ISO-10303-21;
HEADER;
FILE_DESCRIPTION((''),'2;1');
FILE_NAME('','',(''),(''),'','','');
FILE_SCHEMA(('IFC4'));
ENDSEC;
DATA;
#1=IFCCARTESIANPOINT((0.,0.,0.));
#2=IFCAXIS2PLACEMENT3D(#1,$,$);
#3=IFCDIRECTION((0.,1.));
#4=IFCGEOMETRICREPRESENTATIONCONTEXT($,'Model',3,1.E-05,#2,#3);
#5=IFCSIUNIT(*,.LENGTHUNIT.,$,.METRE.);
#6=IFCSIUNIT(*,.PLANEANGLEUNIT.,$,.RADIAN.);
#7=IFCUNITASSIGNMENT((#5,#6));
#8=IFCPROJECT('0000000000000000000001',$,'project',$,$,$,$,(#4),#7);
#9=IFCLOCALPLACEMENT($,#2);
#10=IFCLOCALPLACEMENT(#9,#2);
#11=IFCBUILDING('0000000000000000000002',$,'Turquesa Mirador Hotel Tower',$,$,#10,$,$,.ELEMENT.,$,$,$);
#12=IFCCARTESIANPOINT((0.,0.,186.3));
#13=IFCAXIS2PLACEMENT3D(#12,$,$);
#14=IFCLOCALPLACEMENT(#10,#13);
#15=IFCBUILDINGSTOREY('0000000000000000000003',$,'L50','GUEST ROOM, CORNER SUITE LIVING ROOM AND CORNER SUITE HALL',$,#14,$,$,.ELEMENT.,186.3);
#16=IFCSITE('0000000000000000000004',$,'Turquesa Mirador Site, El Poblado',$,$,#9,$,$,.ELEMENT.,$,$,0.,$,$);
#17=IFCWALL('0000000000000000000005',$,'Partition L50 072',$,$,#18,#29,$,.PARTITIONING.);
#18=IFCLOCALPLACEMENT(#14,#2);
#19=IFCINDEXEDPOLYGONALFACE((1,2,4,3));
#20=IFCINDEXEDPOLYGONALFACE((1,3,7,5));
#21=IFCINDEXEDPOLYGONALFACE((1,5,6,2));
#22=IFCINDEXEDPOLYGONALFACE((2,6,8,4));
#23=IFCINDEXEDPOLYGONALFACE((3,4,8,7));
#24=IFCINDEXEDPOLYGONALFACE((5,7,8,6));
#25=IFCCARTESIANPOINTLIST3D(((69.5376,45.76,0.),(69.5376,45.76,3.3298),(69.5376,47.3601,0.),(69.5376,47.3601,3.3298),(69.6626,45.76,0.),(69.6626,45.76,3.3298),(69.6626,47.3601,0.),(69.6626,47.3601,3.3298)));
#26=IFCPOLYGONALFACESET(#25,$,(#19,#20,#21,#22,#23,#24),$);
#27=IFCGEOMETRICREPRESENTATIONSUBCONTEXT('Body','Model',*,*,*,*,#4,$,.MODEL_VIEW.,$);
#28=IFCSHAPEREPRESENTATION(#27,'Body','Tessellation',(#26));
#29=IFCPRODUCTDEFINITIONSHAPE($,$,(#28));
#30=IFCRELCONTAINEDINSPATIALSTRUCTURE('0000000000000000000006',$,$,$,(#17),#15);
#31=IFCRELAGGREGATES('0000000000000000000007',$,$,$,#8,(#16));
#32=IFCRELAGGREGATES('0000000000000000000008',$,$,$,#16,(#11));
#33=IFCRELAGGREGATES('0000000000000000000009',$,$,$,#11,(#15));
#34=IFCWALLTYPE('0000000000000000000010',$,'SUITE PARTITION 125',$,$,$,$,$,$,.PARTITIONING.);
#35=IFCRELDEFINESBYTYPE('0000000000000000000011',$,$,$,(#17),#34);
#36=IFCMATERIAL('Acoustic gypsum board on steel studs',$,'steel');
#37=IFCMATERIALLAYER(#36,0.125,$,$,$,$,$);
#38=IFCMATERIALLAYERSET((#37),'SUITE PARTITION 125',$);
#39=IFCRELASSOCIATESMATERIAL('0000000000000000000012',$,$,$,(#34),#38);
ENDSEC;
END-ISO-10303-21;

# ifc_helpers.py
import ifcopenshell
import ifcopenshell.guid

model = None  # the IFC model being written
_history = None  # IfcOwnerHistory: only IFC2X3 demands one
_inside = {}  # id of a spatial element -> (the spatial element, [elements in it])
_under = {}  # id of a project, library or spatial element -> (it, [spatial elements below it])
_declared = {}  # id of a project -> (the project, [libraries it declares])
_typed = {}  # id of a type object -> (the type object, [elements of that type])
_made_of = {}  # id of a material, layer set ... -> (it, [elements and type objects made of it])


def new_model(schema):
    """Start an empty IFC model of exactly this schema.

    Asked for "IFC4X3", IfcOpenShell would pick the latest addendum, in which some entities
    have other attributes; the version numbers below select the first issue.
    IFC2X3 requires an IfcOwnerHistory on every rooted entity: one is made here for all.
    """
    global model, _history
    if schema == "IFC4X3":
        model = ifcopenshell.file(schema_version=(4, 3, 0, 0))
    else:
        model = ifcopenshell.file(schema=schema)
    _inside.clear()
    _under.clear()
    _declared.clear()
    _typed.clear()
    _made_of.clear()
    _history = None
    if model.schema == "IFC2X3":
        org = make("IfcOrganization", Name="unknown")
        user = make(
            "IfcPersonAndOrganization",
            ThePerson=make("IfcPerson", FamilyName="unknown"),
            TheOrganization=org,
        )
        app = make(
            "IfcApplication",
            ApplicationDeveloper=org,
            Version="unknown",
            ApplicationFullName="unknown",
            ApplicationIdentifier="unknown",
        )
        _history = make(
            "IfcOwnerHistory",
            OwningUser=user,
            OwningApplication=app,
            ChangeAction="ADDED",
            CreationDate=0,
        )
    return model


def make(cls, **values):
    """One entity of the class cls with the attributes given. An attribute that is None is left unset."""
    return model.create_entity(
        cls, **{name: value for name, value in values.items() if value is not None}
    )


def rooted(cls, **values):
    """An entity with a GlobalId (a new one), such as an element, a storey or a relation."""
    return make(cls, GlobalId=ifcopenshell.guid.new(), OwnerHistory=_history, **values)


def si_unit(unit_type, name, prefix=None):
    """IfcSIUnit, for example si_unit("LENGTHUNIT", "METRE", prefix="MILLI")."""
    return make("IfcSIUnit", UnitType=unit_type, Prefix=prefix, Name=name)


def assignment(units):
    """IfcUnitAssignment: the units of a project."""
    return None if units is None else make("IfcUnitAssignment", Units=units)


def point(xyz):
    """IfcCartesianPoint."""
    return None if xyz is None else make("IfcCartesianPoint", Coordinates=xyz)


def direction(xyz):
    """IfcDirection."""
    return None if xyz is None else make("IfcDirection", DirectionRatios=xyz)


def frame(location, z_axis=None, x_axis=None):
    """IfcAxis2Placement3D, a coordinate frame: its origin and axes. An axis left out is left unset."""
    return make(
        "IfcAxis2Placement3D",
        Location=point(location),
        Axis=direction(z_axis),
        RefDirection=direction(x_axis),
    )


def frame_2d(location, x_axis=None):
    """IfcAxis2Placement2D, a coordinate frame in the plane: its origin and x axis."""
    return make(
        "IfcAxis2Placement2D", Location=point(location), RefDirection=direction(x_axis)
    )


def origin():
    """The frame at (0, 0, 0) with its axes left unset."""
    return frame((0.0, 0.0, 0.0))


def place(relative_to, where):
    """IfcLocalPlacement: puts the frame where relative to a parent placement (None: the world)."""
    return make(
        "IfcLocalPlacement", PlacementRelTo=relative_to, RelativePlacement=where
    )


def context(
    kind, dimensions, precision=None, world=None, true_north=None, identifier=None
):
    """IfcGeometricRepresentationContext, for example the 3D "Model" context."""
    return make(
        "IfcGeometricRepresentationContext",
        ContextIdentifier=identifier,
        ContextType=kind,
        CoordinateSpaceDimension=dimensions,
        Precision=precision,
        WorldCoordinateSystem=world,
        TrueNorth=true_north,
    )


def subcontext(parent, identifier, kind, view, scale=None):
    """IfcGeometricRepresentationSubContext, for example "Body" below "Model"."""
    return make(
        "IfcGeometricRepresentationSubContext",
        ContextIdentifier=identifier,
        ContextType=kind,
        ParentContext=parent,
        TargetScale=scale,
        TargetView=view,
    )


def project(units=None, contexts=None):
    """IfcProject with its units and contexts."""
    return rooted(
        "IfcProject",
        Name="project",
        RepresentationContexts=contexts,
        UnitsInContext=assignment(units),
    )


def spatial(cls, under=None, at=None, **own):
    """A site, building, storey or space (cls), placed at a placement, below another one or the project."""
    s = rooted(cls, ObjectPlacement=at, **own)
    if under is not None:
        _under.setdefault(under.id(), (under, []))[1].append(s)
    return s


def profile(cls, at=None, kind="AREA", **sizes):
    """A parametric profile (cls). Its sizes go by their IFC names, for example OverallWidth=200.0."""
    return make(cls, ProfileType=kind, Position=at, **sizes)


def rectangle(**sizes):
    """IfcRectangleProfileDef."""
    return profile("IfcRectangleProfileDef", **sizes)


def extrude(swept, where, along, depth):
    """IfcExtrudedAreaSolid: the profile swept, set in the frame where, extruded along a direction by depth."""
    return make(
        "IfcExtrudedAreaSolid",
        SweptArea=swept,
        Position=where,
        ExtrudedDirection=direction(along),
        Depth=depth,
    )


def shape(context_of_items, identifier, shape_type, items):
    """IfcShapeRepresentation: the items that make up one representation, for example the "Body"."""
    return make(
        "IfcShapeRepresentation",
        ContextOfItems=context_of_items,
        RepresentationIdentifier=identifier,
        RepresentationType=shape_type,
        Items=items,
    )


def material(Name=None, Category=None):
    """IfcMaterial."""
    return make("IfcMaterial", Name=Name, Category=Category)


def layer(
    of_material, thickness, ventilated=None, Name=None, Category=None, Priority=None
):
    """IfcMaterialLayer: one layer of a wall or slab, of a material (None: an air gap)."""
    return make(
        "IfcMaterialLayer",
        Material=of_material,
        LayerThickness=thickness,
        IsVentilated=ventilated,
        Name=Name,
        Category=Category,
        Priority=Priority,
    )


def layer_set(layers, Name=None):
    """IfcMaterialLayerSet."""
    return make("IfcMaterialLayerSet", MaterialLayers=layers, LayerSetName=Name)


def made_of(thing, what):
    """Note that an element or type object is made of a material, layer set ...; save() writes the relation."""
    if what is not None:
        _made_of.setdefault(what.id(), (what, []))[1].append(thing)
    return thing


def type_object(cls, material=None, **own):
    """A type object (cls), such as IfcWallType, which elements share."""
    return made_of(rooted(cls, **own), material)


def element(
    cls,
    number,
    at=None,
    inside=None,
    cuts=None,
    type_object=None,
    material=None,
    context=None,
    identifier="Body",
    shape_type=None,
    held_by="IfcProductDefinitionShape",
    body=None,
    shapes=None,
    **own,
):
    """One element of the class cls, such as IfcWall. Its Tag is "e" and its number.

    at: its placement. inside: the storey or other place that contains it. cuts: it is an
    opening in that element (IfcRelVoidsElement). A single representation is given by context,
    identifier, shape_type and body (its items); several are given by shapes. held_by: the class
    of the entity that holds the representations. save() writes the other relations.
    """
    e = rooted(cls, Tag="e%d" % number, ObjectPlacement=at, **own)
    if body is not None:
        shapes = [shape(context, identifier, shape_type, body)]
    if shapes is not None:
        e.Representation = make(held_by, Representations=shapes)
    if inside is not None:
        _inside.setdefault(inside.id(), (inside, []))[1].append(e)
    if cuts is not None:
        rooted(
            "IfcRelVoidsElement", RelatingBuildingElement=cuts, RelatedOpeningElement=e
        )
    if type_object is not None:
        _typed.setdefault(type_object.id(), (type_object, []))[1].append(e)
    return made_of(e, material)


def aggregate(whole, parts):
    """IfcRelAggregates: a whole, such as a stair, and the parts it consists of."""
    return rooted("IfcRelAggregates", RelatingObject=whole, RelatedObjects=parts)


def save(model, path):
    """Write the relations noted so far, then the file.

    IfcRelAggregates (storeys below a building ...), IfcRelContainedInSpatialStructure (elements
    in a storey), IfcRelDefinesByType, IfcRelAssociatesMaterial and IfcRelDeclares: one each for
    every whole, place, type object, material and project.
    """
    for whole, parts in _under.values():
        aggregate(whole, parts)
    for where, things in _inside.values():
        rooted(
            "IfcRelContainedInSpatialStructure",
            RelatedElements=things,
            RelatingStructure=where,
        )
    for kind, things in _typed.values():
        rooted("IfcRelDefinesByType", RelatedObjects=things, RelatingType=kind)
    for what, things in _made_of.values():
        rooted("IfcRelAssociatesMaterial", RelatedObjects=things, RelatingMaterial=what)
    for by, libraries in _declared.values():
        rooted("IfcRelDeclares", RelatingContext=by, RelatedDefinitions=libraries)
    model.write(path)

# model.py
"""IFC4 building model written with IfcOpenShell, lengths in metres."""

from ifc_helpers import new_model, si_unit, direction, frame, frame_2d, origin, place, context, subcontext, project, spatial, rectangle, extrude, material, layer, layer_set, type_object, element, save


model = new_model("IFC4")

# Units and contexts
model_context = context("Model", 3, precision=1e-05, world=origin(), true_north=direction((0.0, 1.0)))
body_context = subcontext(model_context, "Body", "Model", "MODEL_VIEW")
ifc_project = project(units=[si_unit("LENGTHUNIT", "METRE"), si_unit("PLANEANGLEUNIT", "RADIAN")], contexts=[model_context])

# Site, building, storey
site_placement = place(None, origin())
site = spatial("IfcSite", under=ifc_project, at=site_placement, Name="Turquesa Mirador Site, El Poblado", CompositionType="ELEMENT", RefElevation=0.0)
building_placement = place(site_placement, origin())
building = spatial("IfcBuilding", under=site, at=building_placement, Name="Turquesa Mirador Hotel Tower", CompositionType="ELEMENT")
storey_placement = place(building_placement, frame((0.0, 0.0, 186.3)))
storey = spatial("IfcBuildingStorey", under=building, at=storey_placement, Name="L50", Description="GUEST ROOM, CORNER SUITE LIVING ROOM AND CORNER SUITE HALL", CompositionType="ELEMENT", Elevation=186.3)

# Shared definitions
ifc_material_1 = material(Name="Acoustic gypsum board on steel studs", Category="steel")
ifc_layer_1 = layer(ifc_material_1, 0.125)
ifc_layer_set_1 = layer_set([ifc_layer_1], Name="SUITE PARTITION 125")
wall_type_1 = type_object("IfcWallType", Name="SUITE PARTITION 125", PredefinedType="PARTITIONING", material=ifc_layer_set_1)

# Wall
wall_1_placement = place(storey_placement, frame((69.6001, 45.76, 0.0), z_axis=(0.0, 0.0, 1.0), x_axis=(0.0, 1.0, 0.0)))
element("IfcWall", 1, at=wall_1_placement, inside=storey, type_object=wall_type_1, Name="Partition L50 072", PredefinedType="PARTITIONING", context=body_context, shape_type="SweptSolid", body=[
    extrude(rectangle(XDim=1.6001, YDim=0.125, at=frame_2d((0.8, 0.0))), origin(), (0.0, 0.0, 1.0), 3.3298),
])

save(model, "model.ifc")
